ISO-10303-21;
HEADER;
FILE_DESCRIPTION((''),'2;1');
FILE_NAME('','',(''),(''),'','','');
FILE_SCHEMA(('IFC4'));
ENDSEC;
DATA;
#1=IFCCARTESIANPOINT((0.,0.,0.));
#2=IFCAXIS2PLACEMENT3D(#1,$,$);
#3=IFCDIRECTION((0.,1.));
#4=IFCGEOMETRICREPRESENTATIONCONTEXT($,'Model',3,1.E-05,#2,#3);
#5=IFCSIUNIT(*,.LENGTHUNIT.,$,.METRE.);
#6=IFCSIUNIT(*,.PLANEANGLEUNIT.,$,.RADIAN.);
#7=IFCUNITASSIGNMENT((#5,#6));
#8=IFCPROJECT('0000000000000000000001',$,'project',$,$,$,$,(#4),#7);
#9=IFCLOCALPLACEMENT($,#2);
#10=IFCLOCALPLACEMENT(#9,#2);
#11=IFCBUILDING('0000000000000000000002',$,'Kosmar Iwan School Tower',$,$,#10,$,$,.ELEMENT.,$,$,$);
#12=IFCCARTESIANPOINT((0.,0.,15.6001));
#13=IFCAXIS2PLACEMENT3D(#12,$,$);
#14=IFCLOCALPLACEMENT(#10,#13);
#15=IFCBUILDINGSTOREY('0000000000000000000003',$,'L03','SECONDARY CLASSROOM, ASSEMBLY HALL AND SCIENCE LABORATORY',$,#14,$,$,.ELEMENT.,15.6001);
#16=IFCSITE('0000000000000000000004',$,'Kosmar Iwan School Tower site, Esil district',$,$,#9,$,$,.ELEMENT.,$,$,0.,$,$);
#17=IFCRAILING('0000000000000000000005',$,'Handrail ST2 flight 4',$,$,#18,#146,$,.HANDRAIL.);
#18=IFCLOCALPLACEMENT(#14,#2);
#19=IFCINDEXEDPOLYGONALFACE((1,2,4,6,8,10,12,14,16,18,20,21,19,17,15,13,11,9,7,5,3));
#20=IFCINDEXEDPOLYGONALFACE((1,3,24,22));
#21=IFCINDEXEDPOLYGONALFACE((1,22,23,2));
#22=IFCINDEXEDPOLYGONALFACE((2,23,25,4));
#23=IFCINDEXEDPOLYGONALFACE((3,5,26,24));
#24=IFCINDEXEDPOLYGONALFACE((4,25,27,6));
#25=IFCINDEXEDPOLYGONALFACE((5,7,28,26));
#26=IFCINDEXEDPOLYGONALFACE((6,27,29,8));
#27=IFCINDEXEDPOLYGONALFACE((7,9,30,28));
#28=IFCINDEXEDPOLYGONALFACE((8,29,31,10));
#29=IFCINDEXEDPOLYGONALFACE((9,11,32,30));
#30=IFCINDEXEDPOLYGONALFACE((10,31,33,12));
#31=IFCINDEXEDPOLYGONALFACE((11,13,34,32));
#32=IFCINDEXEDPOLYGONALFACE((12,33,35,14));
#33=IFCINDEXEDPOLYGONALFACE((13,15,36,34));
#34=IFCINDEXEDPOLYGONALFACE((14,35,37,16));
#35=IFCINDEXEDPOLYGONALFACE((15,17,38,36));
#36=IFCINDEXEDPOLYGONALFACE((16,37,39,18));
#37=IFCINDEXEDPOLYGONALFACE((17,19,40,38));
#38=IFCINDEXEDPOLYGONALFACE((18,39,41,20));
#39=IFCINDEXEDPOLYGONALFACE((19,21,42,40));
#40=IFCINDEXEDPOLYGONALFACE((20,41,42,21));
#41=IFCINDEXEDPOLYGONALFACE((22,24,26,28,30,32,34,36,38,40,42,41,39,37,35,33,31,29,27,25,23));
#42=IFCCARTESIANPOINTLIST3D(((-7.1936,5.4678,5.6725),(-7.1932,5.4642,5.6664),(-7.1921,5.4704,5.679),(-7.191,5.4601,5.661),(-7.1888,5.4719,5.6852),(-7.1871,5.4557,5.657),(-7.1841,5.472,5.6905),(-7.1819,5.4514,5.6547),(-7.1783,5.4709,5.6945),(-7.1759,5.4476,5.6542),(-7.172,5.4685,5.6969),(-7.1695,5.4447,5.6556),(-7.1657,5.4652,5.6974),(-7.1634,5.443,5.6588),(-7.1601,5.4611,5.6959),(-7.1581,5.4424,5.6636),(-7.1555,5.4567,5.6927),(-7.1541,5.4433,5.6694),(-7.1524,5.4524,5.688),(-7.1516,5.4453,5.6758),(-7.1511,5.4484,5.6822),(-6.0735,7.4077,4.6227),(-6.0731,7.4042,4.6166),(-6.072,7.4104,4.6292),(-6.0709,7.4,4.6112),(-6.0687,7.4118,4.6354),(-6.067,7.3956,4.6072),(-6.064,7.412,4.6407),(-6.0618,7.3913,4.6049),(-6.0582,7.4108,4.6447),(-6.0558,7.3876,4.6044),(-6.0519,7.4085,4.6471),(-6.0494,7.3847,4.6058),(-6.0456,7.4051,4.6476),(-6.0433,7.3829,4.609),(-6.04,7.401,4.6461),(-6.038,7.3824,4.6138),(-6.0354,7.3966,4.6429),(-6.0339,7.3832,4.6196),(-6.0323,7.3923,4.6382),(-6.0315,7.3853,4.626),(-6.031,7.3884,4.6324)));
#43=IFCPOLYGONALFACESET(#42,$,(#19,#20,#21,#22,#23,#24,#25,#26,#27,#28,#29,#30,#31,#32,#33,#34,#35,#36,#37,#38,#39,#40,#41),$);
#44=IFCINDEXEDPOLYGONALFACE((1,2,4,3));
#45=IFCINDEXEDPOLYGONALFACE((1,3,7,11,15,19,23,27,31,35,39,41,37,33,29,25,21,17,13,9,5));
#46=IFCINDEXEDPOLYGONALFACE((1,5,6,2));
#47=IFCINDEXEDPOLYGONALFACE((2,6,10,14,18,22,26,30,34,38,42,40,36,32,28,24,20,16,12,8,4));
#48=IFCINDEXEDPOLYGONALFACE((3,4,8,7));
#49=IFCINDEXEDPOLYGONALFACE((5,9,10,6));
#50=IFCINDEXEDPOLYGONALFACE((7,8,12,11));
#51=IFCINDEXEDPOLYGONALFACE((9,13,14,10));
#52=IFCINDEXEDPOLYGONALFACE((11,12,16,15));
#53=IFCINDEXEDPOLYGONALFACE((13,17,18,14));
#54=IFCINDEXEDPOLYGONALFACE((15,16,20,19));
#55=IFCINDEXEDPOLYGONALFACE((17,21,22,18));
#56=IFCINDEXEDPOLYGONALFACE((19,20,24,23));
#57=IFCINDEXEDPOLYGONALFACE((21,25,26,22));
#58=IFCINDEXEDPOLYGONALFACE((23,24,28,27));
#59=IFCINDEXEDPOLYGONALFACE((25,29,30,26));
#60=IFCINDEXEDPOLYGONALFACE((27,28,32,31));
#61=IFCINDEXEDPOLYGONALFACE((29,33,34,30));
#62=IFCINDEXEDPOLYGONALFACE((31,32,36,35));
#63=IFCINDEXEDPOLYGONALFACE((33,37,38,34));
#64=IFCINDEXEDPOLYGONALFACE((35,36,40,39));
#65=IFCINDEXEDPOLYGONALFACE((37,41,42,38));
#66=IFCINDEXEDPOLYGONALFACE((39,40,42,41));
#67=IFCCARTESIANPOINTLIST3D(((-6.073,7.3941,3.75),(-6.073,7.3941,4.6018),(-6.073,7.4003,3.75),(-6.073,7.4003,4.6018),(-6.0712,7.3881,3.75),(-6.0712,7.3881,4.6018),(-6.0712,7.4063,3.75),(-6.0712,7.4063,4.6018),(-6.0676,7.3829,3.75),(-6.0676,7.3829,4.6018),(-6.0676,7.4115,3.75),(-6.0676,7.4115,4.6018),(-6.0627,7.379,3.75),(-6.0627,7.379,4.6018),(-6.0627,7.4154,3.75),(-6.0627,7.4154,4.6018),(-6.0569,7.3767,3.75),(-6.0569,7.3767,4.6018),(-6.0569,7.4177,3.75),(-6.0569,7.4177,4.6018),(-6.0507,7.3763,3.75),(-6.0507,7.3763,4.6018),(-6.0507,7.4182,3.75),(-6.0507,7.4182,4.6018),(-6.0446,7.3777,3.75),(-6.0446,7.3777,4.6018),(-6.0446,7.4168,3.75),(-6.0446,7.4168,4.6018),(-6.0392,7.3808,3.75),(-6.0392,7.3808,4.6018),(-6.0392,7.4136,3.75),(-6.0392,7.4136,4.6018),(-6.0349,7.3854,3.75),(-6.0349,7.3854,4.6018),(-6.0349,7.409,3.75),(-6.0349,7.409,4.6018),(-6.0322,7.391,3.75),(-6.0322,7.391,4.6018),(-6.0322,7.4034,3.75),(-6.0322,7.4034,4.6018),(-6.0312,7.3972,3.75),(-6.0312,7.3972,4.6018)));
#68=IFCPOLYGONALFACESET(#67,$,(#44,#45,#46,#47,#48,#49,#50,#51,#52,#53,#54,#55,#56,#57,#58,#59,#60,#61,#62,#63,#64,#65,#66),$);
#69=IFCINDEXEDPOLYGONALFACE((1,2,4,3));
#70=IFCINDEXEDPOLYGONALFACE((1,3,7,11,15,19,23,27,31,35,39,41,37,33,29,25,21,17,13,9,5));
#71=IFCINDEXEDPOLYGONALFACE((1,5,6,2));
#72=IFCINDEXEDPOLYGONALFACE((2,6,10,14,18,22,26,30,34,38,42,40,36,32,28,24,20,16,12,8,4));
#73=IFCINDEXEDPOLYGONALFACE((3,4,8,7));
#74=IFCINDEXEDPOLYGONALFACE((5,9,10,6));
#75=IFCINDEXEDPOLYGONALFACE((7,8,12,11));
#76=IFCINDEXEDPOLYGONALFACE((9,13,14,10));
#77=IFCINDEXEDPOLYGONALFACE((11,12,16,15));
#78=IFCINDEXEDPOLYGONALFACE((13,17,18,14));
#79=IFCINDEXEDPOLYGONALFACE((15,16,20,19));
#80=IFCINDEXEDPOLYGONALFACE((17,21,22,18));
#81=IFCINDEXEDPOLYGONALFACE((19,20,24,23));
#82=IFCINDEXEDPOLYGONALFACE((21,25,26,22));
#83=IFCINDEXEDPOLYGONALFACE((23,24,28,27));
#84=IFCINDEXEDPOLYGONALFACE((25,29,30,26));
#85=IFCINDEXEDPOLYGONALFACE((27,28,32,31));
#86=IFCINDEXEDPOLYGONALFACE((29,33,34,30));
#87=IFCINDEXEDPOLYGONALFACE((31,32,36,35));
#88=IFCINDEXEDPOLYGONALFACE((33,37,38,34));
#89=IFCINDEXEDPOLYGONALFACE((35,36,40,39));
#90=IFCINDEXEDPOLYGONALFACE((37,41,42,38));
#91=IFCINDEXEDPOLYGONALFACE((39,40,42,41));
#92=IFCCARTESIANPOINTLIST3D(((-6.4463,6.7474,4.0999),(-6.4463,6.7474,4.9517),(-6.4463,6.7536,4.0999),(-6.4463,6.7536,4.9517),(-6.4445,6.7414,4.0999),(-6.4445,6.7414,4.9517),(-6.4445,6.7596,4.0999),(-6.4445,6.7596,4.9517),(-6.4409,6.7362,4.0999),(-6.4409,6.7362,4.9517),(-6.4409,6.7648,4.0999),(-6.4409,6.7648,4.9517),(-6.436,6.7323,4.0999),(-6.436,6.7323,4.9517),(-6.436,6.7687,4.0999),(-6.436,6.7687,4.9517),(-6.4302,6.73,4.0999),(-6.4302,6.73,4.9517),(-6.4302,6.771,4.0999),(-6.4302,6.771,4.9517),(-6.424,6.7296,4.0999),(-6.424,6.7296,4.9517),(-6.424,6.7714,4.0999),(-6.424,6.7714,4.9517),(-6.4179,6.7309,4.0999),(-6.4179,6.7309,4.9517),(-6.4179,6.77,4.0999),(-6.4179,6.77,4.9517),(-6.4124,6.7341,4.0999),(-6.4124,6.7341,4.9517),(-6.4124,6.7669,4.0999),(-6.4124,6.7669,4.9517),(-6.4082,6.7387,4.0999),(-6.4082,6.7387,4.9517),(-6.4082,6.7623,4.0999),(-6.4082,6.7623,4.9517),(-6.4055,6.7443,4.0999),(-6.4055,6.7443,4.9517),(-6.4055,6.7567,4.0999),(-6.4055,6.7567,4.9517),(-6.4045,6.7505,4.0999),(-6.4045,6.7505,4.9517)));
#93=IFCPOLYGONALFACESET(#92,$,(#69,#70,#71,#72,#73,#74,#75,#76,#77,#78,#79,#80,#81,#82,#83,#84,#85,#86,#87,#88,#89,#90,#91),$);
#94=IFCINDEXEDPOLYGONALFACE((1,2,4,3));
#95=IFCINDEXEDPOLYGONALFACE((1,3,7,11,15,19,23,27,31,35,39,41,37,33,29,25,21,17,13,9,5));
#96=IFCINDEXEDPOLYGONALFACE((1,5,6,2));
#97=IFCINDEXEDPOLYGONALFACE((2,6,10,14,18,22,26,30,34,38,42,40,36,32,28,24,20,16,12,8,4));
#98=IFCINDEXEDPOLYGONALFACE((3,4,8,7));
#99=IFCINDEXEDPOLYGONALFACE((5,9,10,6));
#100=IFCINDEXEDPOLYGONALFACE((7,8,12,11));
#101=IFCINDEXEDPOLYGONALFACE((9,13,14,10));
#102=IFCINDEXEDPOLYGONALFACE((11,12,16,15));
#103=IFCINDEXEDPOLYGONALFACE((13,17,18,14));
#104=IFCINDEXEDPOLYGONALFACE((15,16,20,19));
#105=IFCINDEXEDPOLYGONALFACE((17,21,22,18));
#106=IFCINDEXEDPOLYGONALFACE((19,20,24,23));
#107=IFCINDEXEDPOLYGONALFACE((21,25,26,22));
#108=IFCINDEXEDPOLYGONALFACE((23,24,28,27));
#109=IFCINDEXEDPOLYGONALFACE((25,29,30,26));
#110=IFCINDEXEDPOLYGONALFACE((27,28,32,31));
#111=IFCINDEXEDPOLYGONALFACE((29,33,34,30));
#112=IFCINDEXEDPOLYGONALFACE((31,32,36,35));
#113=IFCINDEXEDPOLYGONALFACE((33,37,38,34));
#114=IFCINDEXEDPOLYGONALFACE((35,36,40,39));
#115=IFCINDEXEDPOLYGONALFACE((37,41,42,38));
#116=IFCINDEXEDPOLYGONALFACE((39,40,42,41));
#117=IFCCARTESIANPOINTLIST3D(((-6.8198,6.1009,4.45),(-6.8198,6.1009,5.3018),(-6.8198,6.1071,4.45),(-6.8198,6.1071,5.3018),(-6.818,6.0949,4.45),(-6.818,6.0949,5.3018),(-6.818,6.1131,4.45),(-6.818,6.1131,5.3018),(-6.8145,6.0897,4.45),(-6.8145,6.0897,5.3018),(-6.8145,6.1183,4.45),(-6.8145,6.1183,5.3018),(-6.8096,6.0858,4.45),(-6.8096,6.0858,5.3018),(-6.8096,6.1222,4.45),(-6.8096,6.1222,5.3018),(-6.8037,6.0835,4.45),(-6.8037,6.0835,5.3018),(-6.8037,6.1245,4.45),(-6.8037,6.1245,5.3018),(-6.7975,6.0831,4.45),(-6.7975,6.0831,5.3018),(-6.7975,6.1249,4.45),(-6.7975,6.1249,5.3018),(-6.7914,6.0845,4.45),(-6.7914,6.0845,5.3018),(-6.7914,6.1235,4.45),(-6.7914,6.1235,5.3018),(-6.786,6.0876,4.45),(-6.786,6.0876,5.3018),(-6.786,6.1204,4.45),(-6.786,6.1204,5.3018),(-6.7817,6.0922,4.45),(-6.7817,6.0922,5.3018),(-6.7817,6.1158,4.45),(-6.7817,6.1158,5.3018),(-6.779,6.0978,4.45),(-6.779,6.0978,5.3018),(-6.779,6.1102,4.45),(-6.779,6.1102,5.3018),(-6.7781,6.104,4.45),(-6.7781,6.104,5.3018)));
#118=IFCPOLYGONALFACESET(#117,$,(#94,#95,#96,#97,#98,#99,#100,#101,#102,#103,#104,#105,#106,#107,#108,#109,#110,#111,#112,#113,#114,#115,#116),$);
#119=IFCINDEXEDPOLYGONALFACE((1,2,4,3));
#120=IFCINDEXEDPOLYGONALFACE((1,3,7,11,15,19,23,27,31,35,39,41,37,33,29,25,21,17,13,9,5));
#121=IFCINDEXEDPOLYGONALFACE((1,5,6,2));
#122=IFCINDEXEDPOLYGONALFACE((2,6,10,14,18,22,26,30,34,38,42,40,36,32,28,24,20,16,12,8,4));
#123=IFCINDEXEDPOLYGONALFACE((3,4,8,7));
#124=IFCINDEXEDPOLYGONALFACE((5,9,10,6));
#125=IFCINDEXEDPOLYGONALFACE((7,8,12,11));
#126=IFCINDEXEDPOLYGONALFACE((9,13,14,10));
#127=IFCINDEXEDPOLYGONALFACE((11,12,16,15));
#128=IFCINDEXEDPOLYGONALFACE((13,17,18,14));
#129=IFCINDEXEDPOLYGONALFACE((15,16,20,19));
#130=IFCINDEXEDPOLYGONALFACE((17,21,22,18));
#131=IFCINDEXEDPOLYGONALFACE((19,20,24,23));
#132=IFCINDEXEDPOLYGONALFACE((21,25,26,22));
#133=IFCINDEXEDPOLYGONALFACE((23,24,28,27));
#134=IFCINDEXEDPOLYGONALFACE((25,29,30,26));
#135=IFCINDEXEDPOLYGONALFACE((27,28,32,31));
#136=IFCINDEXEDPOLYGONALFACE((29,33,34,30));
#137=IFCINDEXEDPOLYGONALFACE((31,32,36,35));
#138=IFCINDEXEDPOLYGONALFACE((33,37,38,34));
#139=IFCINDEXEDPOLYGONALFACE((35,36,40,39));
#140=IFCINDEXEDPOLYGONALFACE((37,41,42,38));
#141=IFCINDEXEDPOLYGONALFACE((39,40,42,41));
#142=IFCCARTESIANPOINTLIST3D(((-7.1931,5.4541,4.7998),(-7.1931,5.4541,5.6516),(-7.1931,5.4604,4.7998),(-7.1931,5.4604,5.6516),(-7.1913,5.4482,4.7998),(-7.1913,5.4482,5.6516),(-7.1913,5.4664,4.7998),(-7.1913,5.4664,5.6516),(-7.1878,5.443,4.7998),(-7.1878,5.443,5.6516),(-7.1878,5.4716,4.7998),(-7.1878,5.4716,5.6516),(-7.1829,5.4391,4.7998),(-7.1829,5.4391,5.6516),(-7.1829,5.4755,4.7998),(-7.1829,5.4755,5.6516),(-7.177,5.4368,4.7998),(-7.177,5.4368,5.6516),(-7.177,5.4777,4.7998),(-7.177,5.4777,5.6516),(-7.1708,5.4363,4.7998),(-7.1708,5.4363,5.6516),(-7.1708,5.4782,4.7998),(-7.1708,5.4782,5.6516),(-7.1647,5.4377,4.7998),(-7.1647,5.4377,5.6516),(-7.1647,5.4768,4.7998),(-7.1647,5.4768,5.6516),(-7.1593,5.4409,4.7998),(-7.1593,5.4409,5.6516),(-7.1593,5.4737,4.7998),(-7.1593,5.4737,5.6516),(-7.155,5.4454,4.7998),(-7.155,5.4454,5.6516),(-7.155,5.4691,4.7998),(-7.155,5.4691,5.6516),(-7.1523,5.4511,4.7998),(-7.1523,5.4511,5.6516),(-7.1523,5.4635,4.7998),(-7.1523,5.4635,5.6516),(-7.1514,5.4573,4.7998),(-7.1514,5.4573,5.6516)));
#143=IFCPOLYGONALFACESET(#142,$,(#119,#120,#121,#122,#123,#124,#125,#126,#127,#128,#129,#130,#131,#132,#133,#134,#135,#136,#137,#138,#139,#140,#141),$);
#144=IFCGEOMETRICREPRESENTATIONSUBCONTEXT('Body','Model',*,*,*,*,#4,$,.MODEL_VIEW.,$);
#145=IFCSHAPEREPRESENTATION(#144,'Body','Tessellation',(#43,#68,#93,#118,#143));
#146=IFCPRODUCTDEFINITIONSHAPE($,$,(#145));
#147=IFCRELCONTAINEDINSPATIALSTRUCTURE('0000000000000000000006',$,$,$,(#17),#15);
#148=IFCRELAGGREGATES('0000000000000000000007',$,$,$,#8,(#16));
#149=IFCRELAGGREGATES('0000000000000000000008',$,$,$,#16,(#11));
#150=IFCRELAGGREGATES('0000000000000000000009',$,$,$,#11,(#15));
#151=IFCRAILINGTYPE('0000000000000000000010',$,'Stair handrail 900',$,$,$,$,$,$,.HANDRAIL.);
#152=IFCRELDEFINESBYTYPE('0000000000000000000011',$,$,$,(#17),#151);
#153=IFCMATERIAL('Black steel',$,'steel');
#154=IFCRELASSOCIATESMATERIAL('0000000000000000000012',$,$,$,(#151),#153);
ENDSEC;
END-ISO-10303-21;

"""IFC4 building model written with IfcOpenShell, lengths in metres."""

from ifc_helpers import new_model, si_unit, direction, frame, origin, origin_2d, place, context, subcontext, project, spatial, circle, extrude, material, type_object, element, save


model = new_model("IFC4")

# Units and contexts
model_context = context("Model", 3, precision=1e-05, world=origin(), true_north=direction((0.0, 1.0)))
body_context = subcontext(model_context, "Body", "Model", "MODEL_VIEW")
ifc_project = project(units=[si_unit("LENGTHUNIT", "METRE"), si_unit("PLANEANGLEUNIT", "RADIAN")], contexts=[model_context])

# Site, building, storey
site_placement = place(None, origin())
site = spatial("IfcSite", under=ifc_project, at=site_placement, Name="Kosmar Iwan School Tower site, Esil district", CompositionType="ELEMENT", RefElevation=0.0)
building_placement = place(site_placement, origin())
building = spatial("IfcBuilding", under=site, at=building_placement, Name="Kosmar Iwan School Tower", CompositionType="ELEMENT")
storey_placement = place(building_placement, frame((0.0, 0.0, 15.6001)))
storey = spatial("IfcBuildingStorey", under=building, at=storey_placement, Name="L03", Description="SECONDARY CLASSROOM, ASSEMBLY HALL AND SCIENCE LABORATORY", CompositionType="ELEMENT", Elevation=15.6001)

# Railing
ifc_material_1 = material(Name="Black steel", Category="steel")
railing_type = type_object("IfcRailingType", Name="Stair handrail 900", PredefinedType="HANDRAIL", material=ifc_material_1)
railing_1_placement = place(storey_placement, frame((-6.0522, 7.3972, 3.75)))
element("IfcRailing", 1, at=railing_1_placement, inside=storey, type_object=railing_type, Name="Handrail ST2 flight 4", PredefinedType="HANDRAIL", context=body_context, shape_type="SweptSolid", body=[
    extrude(circle(Radius=0.0239, at=origin_2d()), frame((0.0, 0.0, 0.876), z_axis=(-0.452776, -0.784167, 0.424354), x_axis=(0.866008, -0.500031, 0.0)), (0.0, 0.0, 1.0), 2.4739),
    extrude(circle(Radius=0.021, at=origin_2d()), origin(), (0.0, 0.0, 1.0), 0.8518),
    extrude(circle(Radius=0.021, at=origin_2d()), frame((-0.3733, -0.6467, 0.3499)), (0.0, 0.0, 1.0), 0.8518),
    extrude(circle(Radius=0.021, at=origin_2d()), frame((-0.7468, -1.2932, 0.7)), (0.0, 0.0, 1.0), 0.8518),
    extrude(circle(Radius=0.021, at=origin_2d()), frame((-1.1201, -1.9399, 1.0498)), (0.0, 0.0, 1.0), 0.8518),
])

save(model, "model.ifc")
